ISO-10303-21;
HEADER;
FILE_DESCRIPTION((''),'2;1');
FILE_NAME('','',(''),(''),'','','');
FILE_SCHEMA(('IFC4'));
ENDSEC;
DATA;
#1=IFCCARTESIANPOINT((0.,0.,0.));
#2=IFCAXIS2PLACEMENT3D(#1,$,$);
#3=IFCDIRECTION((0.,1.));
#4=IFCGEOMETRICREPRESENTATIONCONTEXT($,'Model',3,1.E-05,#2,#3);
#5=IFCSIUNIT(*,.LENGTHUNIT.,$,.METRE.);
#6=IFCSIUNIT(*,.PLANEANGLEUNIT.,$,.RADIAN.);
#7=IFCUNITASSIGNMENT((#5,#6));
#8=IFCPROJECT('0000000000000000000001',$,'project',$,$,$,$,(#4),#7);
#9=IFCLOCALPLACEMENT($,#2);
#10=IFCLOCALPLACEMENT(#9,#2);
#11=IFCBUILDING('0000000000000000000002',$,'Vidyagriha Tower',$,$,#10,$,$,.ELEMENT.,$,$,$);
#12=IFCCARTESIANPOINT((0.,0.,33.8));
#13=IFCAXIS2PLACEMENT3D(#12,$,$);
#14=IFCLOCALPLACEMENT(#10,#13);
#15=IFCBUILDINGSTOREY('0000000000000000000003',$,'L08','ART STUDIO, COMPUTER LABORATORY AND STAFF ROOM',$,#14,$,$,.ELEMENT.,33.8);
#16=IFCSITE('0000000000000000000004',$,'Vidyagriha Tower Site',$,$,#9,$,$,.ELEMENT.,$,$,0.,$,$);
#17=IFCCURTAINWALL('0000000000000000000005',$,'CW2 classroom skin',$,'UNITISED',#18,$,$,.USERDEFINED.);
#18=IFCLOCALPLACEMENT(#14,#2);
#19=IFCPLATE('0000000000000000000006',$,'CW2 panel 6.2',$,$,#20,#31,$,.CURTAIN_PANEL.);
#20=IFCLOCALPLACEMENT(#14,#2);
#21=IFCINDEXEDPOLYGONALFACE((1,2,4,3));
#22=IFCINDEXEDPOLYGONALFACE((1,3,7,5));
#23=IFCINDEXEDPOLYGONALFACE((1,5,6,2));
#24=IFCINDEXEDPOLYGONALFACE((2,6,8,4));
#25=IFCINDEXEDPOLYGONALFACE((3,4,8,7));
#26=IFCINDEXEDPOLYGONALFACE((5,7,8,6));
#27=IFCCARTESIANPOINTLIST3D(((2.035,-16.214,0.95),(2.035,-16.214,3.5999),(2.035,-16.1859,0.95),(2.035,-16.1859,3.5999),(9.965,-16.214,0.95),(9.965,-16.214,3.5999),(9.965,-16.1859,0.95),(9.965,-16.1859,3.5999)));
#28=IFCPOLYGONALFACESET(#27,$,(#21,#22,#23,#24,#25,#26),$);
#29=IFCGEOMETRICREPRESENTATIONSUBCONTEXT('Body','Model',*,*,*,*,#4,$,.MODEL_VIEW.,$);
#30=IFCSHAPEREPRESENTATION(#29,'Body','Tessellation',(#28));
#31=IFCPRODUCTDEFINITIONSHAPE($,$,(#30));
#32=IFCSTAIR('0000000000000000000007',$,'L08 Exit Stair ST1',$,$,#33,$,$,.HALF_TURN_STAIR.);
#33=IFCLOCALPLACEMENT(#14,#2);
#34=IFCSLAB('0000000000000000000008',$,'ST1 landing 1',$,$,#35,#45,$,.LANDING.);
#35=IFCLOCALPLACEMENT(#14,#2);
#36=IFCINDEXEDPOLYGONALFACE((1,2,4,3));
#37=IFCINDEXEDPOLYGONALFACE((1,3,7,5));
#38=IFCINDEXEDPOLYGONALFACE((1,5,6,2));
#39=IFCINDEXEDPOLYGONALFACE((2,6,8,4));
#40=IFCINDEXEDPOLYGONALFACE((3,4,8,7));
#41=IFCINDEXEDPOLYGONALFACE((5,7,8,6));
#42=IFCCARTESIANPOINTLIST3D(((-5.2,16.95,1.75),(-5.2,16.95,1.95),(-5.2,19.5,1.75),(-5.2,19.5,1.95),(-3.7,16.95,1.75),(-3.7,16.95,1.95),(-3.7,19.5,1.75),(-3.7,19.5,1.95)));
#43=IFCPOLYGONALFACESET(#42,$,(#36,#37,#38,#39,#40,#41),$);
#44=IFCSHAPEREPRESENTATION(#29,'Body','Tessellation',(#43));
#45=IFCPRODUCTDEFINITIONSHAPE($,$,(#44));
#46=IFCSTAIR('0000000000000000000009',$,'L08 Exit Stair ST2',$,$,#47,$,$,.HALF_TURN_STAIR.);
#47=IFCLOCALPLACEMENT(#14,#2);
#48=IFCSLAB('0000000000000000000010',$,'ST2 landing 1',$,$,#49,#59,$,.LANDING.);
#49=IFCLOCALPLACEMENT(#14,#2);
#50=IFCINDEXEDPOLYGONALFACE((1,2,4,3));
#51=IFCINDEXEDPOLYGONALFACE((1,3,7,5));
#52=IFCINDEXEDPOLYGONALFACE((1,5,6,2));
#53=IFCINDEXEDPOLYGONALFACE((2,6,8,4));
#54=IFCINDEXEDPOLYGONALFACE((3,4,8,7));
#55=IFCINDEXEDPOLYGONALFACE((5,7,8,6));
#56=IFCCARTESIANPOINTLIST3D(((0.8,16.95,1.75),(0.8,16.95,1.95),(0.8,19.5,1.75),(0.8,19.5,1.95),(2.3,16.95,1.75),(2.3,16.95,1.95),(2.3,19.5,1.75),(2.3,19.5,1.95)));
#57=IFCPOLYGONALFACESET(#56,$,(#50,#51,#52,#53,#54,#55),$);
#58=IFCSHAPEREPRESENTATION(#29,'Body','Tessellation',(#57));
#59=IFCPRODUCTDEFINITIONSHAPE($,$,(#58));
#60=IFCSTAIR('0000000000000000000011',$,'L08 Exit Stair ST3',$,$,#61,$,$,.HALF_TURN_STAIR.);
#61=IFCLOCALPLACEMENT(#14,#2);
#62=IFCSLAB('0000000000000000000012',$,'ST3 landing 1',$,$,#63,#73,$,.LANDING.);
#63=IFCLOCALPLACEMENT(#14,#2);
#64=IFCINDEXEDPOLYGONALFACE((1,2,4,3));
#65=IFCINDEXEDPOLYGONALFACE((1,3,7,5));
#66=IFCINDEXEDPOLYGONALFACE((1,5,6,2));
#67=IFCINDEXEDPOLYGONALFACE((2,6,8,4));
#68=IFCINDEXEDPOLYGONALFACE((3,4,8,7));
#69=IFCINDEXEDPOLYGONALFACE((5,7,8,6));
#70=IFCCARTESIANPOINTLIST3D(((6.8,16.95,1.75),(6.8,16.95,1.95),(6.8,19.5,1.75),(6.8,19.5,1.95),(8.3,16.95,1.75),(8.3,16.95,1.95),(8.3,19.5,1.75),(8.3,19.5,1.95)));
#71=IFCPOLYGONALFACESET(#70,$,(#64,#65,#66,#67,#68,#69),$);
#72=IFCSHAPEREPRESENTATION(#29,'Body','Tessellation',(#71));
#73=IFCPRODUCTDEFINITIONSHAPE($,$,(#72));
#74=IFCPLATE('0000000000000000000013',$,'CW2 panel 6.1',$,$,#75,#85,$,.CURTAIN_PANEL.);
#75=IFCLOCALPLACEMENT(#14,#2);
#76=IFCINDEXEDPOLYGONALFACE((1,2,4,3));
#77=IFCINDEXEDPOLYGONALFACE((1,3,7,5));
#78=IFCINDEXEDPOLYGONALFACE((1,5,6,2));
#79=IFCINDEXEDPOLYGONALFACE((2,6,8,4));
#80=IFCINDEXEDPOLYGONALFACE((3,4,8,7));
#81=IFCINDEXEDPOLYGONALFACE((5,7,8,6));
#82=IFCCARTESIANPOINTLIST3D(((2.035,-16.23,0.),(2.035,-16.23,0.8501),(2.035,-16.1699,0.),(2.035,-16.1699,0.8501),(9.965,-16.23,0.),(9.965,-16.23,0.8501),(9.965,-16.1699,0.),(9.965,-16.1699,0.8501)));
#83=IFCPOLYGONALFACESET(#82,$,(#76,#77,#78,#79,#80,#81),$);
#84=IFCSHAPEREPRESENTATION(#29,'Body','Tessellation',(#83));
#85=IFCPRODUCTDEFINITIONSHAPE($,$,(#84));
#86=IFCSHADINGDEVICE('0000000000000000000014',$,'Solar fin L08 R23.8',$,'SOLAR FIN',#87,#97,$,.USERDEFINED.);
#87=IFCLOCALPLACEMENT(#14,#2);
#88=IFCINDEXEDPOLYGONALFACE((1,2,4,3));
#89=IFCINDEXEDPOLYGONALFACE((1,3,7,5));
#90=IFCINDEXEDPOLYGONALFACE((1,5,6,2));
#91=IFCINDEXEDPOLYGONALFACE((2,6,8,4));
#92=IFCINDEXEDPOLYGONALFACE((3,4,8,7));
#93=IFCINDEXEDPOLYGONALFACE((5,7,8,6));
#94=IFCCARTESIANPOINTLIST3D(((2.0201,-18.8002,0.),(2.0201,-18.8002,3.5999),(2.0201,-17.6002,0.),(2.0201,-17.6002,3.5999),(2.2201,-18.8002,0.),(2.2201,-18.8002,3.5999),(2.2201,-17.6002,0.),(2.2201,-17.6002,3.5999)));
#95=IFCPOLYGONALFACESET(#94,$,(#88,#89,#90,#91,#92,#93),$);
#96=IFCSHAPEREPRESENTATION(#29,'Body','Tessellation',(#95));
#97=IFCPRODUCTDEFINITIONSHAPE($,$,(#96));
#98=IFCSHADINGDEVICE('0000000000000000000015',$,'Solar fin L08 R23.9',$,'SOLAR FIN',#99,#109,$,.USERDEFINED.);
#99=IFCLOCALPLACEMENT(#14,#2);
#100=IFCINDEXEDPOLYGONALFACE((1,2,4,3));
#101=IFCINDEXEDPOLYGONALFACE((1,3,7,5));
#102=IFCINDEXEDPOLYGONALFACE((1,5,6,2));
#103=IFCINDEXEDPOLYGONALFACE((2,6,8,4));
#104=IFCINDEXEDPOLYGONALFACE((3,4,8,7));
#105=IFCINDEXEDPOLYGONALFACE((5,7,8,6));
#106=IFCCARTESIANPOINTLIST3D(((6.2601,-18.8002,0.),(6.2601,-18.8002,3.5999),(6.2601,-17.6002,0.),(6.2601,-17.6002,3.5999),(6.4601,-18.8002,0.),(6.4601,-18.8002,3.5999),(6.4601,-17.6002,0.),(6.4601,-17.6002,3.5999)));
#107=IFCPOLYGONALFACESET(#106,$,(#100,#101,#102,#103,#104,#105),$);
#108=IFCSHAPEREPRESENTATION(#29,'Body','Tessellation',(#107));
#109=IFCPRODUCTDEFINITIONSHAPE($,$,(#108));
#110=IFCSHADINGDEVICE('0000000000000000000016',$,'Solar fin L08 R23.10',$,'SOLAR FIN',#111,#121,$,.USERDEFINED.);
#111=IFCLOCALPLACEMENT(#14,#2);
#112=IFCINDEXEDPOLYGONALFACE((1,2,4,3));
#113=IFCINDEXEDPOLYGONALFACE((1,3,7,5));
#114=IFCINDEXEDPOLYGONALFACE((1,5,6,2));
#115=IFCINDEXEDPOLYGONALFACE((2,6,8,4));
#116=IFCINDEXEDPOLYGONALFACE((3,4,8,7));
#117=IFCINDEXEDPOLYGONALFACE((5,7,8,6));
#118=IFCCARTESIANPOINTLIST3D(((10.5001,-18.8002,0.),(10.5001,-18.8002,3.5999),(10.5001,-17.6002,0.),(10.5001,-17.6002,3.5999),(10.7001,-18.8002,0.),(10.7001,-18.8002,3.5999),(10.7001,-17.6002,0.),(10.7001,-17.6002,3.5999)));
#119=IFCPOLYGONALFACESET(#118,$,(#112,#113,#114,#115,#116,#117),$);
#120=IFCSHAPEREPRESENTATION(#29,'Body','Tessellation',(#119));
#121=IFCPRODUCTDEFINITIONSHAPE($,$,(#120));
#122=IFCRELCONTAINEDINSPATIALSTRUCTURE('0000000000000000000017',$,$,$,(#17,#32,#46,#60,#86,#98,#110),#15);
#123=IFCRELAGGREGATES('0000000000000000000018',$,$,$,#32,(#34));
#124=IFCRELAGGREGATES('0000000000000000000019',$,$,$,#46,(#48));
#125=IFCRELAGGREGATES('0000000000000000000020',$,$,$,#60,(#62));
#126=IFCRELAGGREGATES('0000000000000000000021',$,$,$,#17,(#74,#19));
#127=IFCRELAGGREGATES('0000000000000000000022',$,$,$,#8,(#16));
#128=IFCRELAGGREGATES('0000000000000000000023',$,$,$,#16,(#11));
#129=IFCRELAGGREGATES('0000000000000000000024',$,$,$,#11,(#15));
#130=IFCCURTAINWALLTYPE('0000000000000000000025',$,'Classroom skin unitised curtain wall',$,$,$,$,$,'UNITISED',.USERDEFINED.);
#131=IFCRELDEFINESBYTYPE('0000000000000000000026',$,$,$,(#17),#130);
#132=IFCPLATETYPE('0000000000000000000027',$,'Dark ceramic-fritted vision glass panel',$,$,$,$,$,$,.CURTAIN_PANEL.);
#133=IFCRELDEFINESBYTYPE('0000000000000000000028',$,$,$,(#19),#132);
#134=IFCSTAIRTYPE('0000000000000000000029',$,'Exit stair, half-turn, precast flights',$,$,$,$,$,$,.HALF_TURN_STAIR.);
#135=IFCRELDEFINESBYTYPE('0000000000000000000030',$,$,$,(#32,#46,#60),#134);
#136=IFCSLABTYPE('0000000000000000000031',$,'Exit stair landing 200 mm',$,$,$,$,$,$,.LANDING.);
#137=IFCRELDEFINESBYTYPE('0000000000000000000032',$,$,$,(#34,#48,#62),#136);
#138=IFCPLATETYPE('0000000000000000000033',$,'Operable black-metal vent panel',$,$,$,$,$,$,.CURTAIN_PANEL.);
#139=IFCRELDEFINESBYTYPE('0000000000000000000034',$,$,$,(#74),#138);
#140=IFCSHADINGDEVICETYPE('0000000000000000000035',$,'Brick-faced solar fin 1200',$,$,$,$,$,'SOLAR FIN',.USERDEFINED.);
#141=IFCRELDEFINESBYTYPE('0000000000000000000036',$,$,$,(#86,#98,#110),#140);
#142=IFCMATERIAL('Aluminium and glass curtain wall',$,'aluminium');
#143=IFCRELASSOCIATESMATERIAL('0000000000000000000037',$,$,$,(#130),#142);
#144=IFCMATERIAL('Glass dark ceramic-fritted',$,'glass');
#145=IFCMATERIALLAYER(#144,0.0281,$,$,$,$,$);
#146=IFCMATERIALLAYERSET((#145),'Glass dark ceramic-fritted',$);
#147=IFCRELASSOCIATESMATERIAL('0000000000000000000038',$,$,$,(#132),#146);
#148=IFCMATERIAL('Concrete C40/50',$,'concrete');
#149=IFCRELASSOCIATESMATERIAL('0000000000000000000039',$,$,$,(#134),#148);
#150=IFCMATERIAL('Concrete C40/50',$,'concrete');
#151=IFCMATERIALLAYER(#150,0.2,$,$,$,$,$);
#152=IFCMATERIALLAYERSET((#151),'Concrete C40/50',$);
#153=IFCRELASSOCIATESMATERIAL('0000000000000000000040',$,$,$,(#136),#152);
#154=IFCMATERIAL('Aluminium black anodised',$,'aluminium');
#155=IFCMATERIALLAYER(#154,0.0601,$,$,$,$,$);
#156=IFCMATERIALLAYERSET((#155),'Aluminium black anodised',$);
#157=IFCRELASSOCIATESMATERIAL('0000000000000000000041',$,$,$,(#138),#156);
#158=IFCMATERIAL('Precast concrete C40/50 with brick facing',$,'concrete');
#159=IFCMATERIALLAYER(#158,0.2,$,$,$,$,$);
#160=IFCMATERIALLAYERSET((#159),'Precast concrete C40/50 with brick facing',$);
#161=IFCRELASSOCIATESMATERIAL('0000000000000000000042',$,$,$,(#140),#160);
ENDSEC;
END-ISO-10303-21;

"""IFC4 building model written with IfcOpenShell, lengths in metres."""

from ifc_helpers import new_model, si_unit, direction, frame, frame_2d, origin, origin_2d, place, context, subcontext, project, spatial, polyline, rectangle, outline, extrude, material, layer, layer_set, type_object, element, aggregate, save


model = new_model("IFC4")

# Units and contexts
model_context = context("Model", 3, precision=1e-05, world=origin(), true_north=direction((0.0, 1.0)))
body_context = subcontext(model_context, "Body", "Model", "MODEL_VIEW")
ifc_project = project(units=[si_unit("LENGTHUNIT", "METRE"), si_unit("PLANEANGLEUNIT", "RADIAN")], contexts=[model_context])

# Site, building, storey
site_placement = place(None, origin())
site = spatial("IfcSite", under=ifc_project, at=site_placement, Name="Vidyagriha Tower Site", CompositionType="ELEMENT", RefElevation=0.0)
building_placement = place(site_placement, origin())
building = spatial("IfcBuilding", under=site, at=building_placement, Name="Vidyagriha Tower", CompositionType="ELEMENT")
storey_placement = place(building_placement, frame((0.0, 0.0, 33.8)))
storey = spatial("IfcBuildingStorey", under=building, at=storey_placement, Name="L08", Description="ART STUDIO, COMPUTER LABORATORY AND STAFF ROOM", CompositionType="ELEMENT", Elevation=33.8)

# Curtain wall, plate
ifc_material_1 = material(Name="Aluminium and glass curtain wall", Category="aluminium")
curtain_wall_type = type_object("IfcCurtainWallType", Name="Classroom skin unitised curtain wall", ElementType="UNITISED", PredefinedType="USERDEFINED", material=ifc_material_1)
curtain_wall_placement = place(storey_placement, origin())
curtain_wall = element("IfcCurtainWall", 1, at=curtain_wall_placement, inside=storey, type_object=curtain_wall_type, Name="CW2 classroom skin", ObjectType="UNITISED", PredefinedType="USERDEFINED")
ifc_material_2 = material(Name="Glass dark ceramic-fritted", Category="glass")
ifc_layer_1 = layer(ifc_material_2, 0.0281)
ifc_layer_set_1 = layer_set([ifc_layer_1], Name="Glass dark ceramic-fritted")
plate_type_1 = type_object("IfcPlateType", Name="Dark ceramic-fritted vision glass panel", PredefinedType="CURTAIN_PANEL", material=ifc_layer_set_1)
plate_1_placement = place(storey_placement, frame((6.0, -16.2, 0.95)))
plate_1 = element("IfcPlate", 2, at=plate_1_placement, type_object=plate_type_1, Name="CW2 panel 6.2", PredefinedType="CURTAIN_PANEL", context=body_context, shape_type="SweptSolid", body=[
    extrude(rectangle(XDim=7.9299, YDim=0.0281, at=origin_2d()), origin(), (0.0, 0.0, 1.0), 2.6499),
])

# Stairs, slabs
ifc_material_3 = material(Name="Concrete C40/50", Category="concrete")
stair_type = type_object("IfcStairType", Name="Exit stair, half-turn, precast flights", PredefinedType="HALF_TURN_STAIR", material=ifc_material_3)
stair_1_placement = place(storey_placement, origin())
stair_1 = element("IfcStair", 3, at=stair_1_placement, inside=storey, type_object=stair_type, Name="L08 Exit Stair ST1", PredefinedType="HALF_TURN_STAIR")
ifc_material_4 = material(Name="Concrete C40/50", Category="concrete")
ifc_layer_2 = layer(ifc_material_4, 0.2)
ifc_layer_set_2 = layer_set([ifc_layer_2], Name="Concrete C40/50")
slab_type = type_object("IfcSlabType", Name="Exit stair landing 200 mm", PredefinedType="LANDING", material=ifc_layer_set_2)
slab_1_placement = place(storey_placement, frame((0.0, 0.0, 1.75)))
slab_1 = element("IfcSlab", 4, at=slab_1_placement, type_object=slab_type, Name="ST1 landing 1", PredefinedType="LANDING", context=body_context, shape_type="SweptSolid", body=[
    extrude(outline(polyline([(-5.2, 16.95), (-3.7, 16.95), (-3.7, 19.5), (-5.2, 19.5), (-5.2, 16.95)])), origin(), (0.0, 0.0, 1.0), 0.2),
])
aggregate(stair_1, [slab_1])
stair_2_placement = place(storey_placement, origin())
stair_2 = element("IfcStair", 5, at=stair_2_placement, inside=storey, type_object=stair_type, Name="L08 Exit Stair ST2", PredefinedType="HALF_TURN_STAIR")
slab_2_placement = place(storey_placement, frame((0.0, 0.0, 1.75)))
slab_2 = element("IfcSlab", 6, at=slab_2_placement, type_object=slab_type, Name="ST2 landing 1", PredefinedType="LANDING", context=body_context, shape_type="SweptSolid", body=[
    extrude(outline(polyline([(0.8, 16.95), (2.3, 16.95), (2.3, 19.5), (0.8, 19.5), (0.8, 16.95)])), origin(), (0.0, 0.0, 1.0), 0.2),
])
aggregate(stair_2, [slab_2])
stair_3_placement = place(storey_placement, origin())
stair_3 = element("IfcStair", 7, at=stair_3_placement, inside=storey, type_object=stair_type, Name="L08 Exit Stair ST3", PredefinedType="HALF_TURN_STAIR")
slab_3_placement = place(storey_placement, frame((0.0, 0.0, 1.75)))
slab_3 = element("IfcSlab", 8, at=slab_3_placement, type_object=slab_type, Name="ST3 landing 1", PredefinedType="LANDING", context=body_context, shape_type="SweptSolid", body=[
    extrude(outline(polyline([(6.8, 16.95), (8.3, 16.95), (8.3, 19.5), (6.8, 19.5), (6.8, 16.95)])), origin(), (0.0, 0.0, 1.0), 0.2),
])
aggregate(stair_3, [slab_3])

# Plate
ifc_material_5 = material(Name="Aluminium black anodised", Category="aluminium")
ifc_layer_3 = layer(ifc_material_5, 0.0601)
ifc_layer_set_3 = layer_set([ifc_layer_3], Name="Aluminium black anodised")
plate_type_2 = type_object("IfcPlateType", Name="Operable black-metal vent panel", PredefinedType="CURTAIN_PANEL", material=ifc_layer_set_3)
plate_2_placement = place(storey_placement, frame((6.0, -16.2, 0.0)))
plate_2 = element("IfcPlate", 9, at=plate_2_placement, type_object=plate_type_2, Name="CW2 panel 6.1", PredefinedType="CURTAIN_PANEL", context=body_context, shape_type="SweptSolid", body=[
    extrude(rectangle(XDim=7.9299, YDim=0.0601, at=origin_2d()), origin(), (0.0, 0.0, 1.0), 0.8501),
])
aggregate(curtain_wall, [plate_2, plate_1])

# Shading devices
ifc_material_6 = material(Name="Precast concrete C40/50 with brick facing", Category="concrete")
ifc_layer_4 = layer(ifc_material_6, 0.2)
ifc_layer_set_4 = layer_set([ifc_layer_4], Name="Precast concrete C40/50 with brick facing")
shading_device_type = type_object("IfcShadingDeviceType", Name="Brick-faced solar fin 1200", ElementType="SOLAR FIN", PredefinedType="USERDEFINED", material=ifc_layer_set_4)
for number, where, z_axis, x_axis, name in (
    (10, (2.1201, -17.6001, 0.0), (0.0, 0.0, 1.0), (0.0, -1.0, 0.0), "Solar fin L08 R23.8"),
    (11, (6.3601, -17.6001, 0.0), (0.0, 0.0, 1.0), (0.0, -1.0, 0.0), "Solar fin L08 R23.9"),
    (12, (10.6001, -17.6001, 0.0), (0.0, 0.0, 1.0), (0.0, -1.0, 0.0), "Solar fin L08 R23.10"),
):
    element("IfcShadingDevice", number, at=place(storey_placement, frame(where, z_axis=z_axis, x_axis=x_axis)), inside=storey, type_object=shading_device_type, Name=name, ObjectType="SOLAR FIN", PredefinedType="USERDEFINED", context=body_context, shape_type="SweptSolid", body=[
        extrude(rectangle(XDim=1.2, YDim=0.2, at=frame_2d((0.6001, 0.0))), origin(), (0.0, 0.0, 1.0), 3.5999),
    ])

save(model, "model.ifc")
